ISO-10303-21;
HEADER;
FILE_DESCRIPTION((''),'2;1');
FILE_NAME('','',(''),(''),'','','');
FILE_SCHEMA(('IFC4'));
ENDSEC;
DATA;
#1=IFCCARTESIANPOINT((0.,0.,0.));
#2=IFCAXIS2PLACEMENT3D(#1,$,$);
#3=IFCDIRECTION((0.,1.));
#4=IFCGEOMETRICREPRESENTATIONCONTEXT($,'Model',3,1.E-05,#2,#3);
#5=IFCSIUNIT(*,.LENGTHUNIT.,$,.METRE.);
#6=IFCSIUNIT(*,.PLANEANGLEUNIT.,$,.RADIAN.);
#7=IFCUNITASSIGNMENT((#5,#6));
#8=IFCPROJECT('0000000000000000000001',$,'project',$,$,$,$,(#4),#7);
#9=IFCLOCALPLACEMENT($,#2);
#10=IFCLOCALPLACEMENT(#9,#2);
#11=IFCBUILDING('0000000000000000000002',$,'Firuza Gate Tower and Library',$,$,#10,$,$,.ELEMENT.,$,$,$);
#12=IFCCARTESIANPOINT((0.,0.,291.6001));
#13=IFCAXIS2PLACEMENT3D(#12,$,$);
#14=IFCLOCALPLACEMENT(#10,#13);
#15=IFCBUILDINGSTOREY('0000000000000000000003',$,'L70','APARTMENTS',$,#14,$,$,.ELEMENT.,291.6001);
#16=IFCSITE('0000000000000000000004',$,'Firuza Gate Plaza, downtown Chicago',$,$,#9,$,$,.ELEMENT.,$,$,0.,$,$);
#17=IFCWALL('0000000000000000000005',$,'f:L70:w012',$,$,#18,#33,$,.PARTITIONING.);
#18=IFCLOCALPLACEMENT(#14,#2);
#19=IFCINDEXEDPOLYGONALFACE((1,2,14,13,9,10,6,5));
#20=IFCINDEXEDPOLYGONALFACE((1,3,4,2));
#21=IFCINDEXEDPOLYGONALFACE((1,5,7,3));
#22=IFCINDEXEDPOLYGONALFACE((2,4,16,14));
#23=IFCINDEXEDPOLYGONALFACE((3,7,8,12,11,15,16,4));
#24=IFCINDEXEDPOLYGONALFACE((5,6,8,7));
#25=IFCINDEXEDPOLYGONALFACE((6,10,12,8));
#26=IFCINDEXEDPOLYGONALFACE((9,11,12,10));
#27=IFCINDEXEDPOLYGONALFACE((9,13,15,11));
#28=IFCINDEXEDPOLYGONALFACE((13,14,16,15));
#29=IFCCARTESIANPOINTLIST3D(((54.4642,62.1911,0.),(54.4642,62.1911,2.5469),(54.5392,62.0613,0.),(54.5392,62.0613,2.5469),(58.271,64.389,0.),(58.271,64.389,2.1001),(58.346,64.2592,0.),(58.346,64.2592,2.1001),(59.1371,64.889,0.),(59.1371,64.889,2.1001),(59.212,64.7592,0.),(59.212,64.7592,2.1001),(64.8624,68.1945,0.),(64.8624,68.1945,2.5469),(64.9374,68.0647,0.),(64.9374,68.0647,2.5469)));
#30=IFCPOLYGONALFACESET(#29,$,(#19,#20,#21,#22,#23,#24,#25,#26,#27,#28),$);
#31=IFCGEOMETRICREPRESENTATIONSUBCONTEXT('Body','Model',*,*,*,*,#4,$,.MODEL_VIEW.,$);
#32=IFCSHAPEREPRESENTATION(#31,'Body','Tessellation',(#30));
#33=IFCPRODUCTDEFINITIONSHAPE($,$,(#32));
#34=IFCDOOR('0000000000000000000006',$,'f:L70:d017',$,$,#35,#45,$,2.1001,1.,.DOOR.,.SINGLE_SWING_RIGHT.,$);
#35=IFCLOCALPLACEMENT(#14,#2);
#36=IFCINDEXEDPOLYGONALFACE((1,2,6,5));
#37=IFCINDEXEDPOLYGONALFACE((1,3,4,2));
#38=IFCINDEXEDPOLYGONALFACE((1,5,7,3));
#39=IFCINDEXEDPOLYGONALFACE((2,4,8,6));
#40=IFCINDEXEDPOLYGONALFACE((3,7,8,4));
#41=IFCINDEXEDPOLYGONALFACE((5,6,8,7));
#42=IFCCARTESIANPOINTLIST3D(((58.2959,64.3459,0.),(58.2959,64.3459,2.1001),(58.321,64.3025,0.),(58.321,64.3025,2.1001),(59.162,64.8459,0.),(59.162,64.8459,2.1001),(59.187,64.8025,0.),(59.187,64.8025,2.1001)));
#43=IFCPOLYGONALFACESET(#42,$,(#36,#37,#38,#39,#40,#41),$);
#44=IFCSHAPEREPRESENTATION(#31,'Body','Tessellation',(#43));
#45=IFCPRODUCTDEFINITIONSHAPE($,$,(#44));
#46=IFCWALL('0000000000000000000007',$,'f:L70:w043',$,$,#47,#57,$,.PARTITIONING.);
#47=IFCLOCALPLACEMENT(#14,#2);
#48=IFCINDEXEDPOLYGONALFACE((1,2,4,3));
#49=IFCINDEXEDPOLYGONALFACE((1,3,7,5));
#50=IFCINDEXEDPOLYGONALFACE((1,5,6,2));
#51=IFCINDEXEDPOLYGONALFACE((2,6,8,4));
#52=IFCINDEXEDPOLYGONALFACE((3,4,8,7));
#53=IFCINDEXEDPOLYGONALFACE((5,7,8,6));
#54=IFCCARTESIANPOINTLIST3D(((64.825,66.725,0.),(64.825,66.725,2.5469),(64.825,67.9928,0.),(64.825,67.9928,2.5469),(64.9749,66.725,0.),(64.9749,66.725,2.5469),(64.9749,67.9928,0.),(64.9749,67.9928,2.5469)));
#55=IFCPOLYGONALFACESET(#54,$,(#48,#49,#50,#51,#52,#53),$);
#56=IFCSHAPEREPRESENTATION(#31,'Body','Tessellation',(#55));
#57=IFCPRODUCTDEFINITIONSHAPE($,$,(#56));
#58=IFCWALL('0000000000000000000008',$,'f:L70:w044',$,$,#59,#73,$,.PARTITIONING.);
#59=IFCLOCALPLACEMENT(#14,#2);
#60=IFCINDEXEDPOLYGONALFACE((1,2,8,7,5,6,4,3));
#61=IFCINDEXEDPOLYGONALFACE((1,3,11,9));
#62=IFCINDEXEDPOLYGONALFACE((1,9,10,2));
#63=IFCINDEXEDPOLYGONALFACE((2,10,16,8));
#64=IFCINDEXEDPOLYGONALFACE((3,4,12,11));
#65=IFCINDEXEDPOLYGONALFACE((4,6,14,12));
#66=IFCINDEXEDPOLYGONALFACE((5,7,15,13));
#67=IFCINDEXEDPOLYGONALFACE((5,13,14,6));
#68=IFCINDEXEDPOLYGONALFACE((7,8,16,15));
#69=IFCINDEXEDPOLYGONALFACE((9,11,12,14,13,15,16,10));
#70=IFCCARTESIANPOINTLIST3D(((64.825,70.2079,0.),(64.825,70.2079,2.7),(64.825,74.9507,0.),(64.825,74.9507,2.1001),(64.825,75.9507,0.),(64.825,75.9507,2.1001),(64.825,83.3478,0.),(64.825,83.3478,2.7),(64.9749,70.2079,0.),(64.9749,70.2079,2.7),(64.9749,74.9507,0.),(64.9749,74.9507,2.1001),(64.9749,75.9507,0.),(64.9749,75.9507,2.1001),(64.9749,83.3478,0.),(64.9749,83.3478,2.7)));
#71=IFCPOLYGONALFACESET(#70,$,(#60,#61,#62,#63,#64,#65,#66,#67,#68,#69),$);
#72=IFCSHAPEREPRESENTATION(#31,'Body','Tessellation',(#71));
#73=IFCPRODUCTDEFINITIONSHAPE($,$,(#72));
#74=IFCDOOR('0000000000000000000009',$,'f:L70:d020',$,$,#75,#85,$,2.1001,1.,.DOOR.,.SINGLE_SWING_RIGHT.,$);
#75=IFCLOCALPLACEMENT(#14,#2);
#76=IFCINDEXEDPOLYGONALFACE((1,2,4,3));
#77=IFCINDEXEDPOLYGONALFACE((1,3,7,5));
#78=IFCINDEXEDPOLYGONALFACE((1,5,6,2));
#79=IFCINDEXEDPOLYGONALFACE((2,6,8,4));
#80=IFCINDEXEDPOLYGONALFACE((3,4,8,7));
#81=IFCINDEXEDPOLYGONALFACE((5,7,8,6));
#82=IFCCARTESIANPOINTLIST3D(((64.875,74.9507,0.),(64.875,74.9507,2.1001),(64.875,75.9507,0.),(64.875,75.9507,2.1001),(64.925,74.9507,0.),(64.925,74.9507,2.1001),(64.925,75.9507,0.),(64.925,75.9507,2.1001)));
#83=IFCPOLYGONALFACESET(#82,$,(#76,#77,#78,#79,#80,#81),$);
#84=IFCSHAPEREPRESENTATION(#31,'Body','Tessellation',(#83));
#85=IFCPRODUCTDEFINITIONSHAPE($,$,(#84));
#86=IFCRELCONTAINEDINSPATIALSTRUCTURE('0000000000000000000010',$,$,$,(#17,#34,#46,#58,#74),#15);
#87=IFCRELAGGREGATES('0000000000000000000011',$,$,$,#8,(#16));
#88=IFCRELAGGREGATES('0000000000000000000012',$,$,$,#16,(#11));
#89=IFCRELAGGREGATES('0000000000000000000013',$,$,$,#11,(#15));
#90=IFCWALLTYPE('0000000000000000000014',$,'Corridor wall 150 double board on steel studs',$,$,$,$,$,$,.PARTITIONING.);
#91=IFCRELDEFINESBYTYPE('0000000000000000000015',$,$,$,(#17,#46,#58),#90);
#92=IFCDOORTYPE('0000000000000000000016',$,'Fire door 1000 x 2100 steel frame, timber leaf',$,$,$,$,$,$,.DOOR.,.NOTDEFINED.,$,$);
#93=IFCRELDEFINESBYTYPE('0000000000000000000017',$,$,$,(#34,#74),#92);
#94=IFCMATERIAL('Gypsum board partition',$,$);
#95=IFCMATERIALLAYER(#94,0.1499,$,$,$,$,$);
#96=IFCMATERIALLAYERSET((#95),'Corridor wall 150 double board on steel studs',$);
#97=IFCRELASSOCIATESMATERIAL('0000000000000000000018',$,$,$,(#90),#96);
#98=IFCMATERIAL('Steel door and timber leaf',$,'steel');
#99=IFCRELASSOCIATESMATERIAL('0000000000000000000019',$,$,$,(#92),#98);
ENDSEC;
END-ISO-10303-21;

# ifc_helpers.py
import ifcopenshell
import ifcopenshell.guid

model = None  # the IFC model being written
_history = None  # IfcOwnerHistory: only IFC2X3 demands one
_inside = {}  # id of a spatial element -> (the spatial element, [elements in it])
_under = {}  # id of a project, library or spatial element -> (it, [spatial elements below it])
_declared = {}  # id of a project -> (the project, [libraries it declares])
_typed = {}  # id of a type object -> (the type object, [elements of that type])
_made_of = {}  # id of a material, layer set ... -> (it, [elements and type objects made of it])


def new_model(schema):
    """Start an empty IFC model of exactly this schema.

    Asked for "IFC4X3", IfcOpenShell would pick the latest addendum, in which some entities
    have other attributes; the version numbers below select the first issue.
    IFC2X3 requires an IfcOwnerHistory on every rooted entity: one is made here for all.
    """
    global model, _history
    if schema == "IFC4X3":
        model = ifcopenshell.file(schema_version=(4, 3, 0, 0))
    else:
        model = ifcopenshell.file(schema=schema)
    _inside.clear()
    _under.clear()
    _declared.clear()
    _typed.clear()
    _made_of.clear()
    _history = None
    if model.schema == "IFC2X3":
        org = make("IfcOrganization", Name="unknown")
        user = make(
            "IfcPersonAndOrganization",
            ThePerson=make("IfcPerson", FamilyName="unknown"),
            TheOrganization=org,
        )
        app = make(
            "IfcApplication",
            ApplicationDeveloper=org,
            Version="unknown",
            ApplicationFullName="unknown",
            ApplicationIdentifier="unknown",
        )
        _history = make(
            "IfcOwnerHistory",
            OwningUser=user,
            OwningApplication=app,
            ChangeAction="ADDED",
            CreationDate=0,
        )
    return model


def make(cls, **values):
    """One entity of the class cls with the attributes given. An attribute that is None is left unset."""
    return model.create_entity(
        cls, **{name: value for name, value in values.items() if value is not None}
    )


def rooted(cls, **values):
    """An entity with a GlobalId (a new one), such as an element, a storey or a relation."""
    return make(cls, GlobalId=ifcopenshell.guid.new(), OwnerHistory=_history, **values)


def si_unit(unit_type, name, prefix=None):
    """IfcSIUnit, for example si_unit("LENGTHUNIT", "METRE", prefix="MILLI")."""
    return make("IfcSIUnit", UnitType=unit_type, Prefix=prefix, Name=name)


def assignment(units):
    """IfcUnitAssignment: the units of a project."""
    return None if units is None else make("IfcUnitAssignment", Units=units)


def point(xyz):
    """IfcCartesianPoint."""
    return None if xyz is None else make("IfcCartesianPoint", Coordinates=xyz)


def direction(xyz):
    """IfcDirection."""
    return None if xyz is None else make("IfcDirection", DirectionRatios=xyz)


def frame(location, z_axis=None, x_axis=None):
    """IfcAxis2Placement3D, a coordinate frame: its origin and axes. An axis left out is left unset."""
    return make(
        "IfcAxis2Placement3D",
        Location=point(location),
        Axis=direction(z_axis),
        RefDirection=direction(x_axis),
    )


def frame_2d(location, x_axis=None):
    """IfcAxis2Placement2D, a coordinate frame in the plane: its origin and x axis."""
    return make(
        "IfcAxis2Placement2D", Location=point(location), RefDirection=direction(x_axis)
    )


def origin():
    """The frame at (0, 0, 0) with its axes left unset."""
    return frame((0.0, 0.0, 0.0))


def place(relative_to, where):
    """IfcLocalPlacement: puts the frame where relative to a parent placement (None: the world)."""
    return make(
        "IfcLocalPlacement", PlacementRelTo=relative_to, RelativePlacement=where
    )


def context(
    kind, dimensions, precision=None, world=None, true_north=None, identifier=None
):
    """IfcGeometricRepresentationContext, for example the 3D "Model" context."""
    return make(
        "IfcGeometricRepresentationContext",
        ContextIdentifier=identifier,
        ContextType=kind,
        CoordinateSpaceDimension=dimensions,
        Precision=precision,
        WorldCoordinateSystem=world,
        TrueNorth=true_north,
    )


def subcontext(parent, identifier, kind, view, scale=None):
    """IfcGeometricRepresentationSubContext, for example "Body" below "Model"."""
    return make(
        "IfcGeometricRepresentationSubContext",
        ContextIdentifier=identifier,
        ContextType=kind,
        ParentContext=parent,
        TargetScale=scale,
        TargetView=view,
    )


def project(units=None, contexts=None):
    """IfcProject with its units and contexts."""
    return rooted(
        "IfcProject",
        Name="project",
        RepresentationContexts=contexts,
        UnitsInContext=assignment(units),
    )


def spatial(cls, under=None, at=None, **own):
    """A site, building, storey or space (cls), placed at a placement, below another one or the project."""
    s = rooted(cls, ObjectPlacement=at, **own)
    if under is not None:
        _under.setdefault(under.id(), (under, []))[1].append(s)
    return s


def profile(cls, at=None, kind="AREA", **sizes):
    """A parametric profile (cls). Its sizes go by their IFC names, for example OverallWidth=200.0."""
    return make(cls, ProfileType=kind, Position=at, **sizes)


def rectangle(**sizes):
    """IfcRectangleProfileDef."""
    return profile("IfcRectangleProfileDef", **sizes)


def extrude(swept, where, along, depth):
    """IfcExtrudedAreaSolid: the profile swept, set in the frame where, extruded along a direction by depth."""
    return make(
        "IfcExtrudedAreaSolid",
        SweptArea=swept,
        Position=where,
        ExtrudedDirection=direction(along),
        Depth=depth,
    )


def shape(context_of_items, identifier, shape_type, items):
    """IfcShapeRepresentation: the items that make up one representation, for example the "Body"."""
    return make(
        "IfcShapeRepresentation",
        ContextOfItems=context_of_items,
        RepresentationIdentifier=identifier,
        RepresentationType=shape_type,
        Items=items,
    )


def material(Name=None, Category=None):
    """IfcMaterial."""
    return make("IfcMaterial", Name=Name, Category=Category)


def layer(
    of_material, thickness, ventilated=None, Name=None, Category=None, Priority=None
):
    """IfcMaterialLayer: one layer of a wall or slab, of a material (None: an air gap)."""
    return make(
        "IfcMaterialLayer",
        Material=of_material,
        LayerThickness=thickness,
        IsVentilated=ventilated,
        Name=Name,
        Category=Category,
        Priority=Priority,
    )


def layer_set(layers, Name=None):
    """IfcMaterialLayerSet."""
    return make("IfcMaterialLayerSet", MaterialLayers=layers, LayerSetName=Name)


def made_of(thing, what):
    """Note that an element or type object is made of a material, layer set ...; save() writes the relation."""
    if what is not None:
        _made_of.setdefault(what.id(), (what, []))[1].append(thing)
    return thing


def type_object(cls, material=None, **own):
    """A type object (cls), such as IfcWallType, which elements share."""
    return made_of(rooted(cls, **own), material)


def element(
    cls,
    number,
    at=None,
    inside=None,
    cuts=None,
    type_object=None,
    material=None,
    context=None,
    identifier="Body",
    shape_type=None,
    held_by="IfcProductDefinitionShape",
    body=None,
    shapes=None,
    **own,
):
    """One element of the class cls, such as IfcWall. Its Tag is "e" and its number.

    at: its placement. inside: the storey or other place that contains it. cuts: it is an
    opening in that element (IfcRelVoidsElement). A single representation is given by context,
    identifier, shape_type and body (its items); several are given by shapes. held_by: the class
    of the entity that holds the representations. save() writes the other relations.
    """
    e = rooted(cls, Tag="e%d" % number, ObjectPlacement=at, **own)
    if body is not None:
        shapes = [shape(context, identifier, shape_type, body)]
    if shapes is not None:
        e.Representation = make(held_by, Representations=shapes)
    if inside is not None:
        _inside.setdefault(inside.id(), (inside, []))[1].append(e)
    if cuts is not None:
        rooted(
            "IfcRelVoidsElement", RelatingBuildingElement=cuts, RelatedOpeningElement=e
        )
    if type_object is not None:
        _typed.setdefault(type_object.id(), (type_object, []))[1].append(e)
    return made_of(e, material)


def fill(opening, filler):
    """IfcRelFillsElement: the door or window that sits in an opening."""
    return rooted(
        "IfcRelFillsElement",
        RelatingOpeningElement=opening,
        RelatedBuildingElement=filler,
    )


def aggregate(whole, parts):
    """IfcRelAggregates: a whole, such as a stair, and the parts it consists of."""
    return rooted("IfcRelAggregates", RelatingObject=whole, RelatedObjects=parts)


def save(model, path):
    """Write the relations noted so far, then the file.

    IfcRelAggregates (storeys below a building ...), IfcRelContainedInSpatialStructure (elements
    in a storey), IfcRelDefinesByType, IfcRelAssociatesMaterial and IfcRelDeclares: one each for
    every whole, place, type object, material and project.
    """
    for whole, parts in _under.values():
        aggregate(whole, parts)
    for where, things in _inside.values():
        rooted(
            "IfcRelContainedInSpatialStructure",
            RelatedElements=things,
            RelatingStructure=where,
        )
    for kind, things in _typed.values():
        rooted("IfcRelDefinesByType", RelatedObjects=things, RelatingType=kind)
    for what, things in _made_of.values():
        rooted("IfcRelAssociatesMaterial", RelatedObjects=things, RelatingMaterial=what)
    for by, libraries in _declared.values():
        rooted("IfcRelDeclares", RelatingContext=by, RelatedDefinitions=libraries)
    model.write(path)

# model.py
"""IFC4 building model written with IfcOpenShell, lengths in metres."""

from ifc_helpers import new_model, si_unit, direction, frame, frame_2d, origin, place, context, subcontext, project, spatial, rectangle, extrude, material, layer, layer_set, type_object, element, fill, save


model = new_model("IFC4")

# Units and contexts
model_context = context("Model", 3, precision=1e-05, world=origin(), true_north=direction((0.0, 1.0)))
body_context = subcontext(model_context, "Body", "Model", "MODEL_VIEW")
ifc_project = project(units=[si_unit("LENGTHUNIT", "METRE"), si_unit("PLANEANGLEUNIT", "RADIAN")], contexts=[model_context])

# Site, building, storey
site_placement = place(None, origin())
site = spatial("IfcSite", under=ifc_project, at=site_placement, Name="Firuza Gate Plaza, downtown Chicago", CompositionType="ELEMENT", RefElevation=0.0)
building_placement = place(site_placement, origin())
building = spatial("IfcBuilding", under=site, at=building_placement, Name="Firuza Gate Tower and Library", CompositionType="ELEMENT")
storey_placement = place(building_placement, frame((0.0, 0.0, 291.6001)))
storey = spatial("IfcBuildingStorey", under=building, at=storey_placement, Name="L70", Description="APARTMENTS", CompositionType="ELEMENT", Elevation=291.6001)

# Wall, opening, door
ifc_material_1 = material(Name="Gypsum board partition")
ifc_layer_1 = layer(ifc_material_1, 0.1499)
ifc_layer_set_1 = layer_set([ifc_layer_1], Name="Corridor wall 150 double board on steel studs")
wall_type_1 = type_object("IfcWallType", Name="Corridor wall 150 double board on steel studs", PredefinedType="PARTITIONING", material=ifc_layer_set_1)
wall_1_placement = place(storey_placement, frame((64.8999, 68.1296, 0.0), z_axis=(0.0, 0.0, 1.0), x_axis=(-0.866025, -0.500001, 0.0)))
wall_1 = element("IfcWall", 1, at=wall_1_placement, inside=storey, type_object=wall_type_1, Name="f:L70:w012", PredefinedType="PARTITIONING", context=body_context, shape_type="SweptSolid", body=[
    extrude(rectangle(XDim=12.0068, YDim=0.1499, at=frame_2d((6.0034, 0.0))), origin(), (0.0, 0.0, 1.0), 2.5469),
])
opening_1_placement = place(wall_1_placement, frame((6.6111, 0.0, 0.0)))
opening_1 = element("IfcOpeningElement", 2, at=opening_1_placement, cuts=wall_1, PredefinedType="OPENING", context=body_context, shape_type="SweptSolid", body=[
    extrude(rectangle(XDim=1.0, YDim=2.1001, at=frame_2d((0.5, 1.05))), frame((0.0, 0.085, 0.0), z_axis=(0.0, -1.0, 0.0), x_axis=(1.0, 0.0, 0.0)), (0.0, 0.0, 1.0), 0.1699),
])
ifc_material_2 = material(Name="Steel door and timber leaf", Category="steel")
door_type_1 = type_object("IfcDoorType", Name="Fire door 1000 x 2100 steel frame, timber leaf", OperationType="NOTDEFINED", PredefinedType="DOOR", material=ifc_material_2)
door_1_placement = place(opening_1_placement, origin())
door_1 = element("IfcDoor", 3, at=door_1_placement, inside=storey, type_object=door_type_1, Name="f:L70:d017", OperationType="SINGLE_SWING_RIGHT", OverallHeight=2.1001, OverallWidth=1.0, PredefinedType="DOOR", context=body_context, shape_type="SweptSolid", body=[
    extrude(rectangle(XDim=1.0, YDim=2.1001, at=frame_2d((0.5, 1.05))), frame((0.0, 0.0249, 0.0), z_axis=(0.0, -1.0, 0.0), x_axis=(1.0, 0.0, 0.0)), (0.0, 0.0, 1.0), 0.05),
])
fill(opening_1, door_1)

# Wall
wall_2_placement = place(storey_placement, frame((64.8999, 66.7251, 0.0), z_axis=(0.0, 0.0, 1.0), x_axis=(0.0, 1.0, 0.0)))
element("IfcWall", 4, at=wall_2_placement, inside=storey, type_object=wall_type_1, Name="f:L70:w043", PredefinedType="PARTITIONING", context=body_context, shape_type="SweptSolid", body=[
    extrude(rectangle(XDim=1.2678, YDim=0.1499, at=frame_2d((0.6338, 0.0))), origin(), (0.0, 0.0, 1.0), 2.5469),
])

# Wall, opening, door
wall_3_placement = place(storey_placement, frame((64.8999, 70.208, 0.0), z_axis=(0.0, 0.0, 1.0), x_axis=(0.0, 1.0, 0.0)))
wall_3 = element("IfcWall", 5, at=wall_3_placement, inside=storey, type_object=wall_type_1, Name="f:L70:w044", PredefinedType="PARTITIONING", context=body_context, shape_type="SweptSolid", body=[
    extrude(rectangle(XDim=13.1399, YDim=0.1499, at=frame_2d((6.5698, 0.0))), origin(), (0.0, 0.0, 1.0), 2.7),
])
opening_2_placement = place(wall_3_placement, frame((4.7427, 0.0, 0.0)))
opening_2 = element("IfcOpeningElement", 6, at=opening_2_placement, cuts=wall_3, PredefinedType="OPENING", context=body_context, shape_type="SweptSolid", body=[
    extrude(rectangle(XDim=1.0, YDim=2.1001, at=frame_2d((0.5, 1.05))), frame((0.0, 0.085, 0.0), z_axis=(0.0, -1.0, 0.0), x_axis=(1.0, 0.0, 0.0)), (0.0, 0.0, 1.0), 0.1699),
])
door_2_placement = place(opening_2_placement, origin())
door_2 = element("IfcDoor", 7, at=door_2_placement, inside=storey, type_object=door_type_1, Name="f:L70:d020", OperationType="SINGLE_SWING_RIGHT", OverallHeight=2.1001, OverallWidth=1.0, PredefinedType="DOOR", context=body_context, shape_type="SweptSolid", body=[
    extrude(rectangle(XDim=1.0, YDim=2.1001, at=frame_2d((0.5, 1.05))), frame((0.0, 0.0249, 0.0), z_axis=(0.0, -1.0, 0.0), x_axis=(1.0, 0.0, 0.0)), (0.0, 0.0, 1.0), 0.05),
])
fill(opening_2, door_2)

save(model, "model.ifc")
